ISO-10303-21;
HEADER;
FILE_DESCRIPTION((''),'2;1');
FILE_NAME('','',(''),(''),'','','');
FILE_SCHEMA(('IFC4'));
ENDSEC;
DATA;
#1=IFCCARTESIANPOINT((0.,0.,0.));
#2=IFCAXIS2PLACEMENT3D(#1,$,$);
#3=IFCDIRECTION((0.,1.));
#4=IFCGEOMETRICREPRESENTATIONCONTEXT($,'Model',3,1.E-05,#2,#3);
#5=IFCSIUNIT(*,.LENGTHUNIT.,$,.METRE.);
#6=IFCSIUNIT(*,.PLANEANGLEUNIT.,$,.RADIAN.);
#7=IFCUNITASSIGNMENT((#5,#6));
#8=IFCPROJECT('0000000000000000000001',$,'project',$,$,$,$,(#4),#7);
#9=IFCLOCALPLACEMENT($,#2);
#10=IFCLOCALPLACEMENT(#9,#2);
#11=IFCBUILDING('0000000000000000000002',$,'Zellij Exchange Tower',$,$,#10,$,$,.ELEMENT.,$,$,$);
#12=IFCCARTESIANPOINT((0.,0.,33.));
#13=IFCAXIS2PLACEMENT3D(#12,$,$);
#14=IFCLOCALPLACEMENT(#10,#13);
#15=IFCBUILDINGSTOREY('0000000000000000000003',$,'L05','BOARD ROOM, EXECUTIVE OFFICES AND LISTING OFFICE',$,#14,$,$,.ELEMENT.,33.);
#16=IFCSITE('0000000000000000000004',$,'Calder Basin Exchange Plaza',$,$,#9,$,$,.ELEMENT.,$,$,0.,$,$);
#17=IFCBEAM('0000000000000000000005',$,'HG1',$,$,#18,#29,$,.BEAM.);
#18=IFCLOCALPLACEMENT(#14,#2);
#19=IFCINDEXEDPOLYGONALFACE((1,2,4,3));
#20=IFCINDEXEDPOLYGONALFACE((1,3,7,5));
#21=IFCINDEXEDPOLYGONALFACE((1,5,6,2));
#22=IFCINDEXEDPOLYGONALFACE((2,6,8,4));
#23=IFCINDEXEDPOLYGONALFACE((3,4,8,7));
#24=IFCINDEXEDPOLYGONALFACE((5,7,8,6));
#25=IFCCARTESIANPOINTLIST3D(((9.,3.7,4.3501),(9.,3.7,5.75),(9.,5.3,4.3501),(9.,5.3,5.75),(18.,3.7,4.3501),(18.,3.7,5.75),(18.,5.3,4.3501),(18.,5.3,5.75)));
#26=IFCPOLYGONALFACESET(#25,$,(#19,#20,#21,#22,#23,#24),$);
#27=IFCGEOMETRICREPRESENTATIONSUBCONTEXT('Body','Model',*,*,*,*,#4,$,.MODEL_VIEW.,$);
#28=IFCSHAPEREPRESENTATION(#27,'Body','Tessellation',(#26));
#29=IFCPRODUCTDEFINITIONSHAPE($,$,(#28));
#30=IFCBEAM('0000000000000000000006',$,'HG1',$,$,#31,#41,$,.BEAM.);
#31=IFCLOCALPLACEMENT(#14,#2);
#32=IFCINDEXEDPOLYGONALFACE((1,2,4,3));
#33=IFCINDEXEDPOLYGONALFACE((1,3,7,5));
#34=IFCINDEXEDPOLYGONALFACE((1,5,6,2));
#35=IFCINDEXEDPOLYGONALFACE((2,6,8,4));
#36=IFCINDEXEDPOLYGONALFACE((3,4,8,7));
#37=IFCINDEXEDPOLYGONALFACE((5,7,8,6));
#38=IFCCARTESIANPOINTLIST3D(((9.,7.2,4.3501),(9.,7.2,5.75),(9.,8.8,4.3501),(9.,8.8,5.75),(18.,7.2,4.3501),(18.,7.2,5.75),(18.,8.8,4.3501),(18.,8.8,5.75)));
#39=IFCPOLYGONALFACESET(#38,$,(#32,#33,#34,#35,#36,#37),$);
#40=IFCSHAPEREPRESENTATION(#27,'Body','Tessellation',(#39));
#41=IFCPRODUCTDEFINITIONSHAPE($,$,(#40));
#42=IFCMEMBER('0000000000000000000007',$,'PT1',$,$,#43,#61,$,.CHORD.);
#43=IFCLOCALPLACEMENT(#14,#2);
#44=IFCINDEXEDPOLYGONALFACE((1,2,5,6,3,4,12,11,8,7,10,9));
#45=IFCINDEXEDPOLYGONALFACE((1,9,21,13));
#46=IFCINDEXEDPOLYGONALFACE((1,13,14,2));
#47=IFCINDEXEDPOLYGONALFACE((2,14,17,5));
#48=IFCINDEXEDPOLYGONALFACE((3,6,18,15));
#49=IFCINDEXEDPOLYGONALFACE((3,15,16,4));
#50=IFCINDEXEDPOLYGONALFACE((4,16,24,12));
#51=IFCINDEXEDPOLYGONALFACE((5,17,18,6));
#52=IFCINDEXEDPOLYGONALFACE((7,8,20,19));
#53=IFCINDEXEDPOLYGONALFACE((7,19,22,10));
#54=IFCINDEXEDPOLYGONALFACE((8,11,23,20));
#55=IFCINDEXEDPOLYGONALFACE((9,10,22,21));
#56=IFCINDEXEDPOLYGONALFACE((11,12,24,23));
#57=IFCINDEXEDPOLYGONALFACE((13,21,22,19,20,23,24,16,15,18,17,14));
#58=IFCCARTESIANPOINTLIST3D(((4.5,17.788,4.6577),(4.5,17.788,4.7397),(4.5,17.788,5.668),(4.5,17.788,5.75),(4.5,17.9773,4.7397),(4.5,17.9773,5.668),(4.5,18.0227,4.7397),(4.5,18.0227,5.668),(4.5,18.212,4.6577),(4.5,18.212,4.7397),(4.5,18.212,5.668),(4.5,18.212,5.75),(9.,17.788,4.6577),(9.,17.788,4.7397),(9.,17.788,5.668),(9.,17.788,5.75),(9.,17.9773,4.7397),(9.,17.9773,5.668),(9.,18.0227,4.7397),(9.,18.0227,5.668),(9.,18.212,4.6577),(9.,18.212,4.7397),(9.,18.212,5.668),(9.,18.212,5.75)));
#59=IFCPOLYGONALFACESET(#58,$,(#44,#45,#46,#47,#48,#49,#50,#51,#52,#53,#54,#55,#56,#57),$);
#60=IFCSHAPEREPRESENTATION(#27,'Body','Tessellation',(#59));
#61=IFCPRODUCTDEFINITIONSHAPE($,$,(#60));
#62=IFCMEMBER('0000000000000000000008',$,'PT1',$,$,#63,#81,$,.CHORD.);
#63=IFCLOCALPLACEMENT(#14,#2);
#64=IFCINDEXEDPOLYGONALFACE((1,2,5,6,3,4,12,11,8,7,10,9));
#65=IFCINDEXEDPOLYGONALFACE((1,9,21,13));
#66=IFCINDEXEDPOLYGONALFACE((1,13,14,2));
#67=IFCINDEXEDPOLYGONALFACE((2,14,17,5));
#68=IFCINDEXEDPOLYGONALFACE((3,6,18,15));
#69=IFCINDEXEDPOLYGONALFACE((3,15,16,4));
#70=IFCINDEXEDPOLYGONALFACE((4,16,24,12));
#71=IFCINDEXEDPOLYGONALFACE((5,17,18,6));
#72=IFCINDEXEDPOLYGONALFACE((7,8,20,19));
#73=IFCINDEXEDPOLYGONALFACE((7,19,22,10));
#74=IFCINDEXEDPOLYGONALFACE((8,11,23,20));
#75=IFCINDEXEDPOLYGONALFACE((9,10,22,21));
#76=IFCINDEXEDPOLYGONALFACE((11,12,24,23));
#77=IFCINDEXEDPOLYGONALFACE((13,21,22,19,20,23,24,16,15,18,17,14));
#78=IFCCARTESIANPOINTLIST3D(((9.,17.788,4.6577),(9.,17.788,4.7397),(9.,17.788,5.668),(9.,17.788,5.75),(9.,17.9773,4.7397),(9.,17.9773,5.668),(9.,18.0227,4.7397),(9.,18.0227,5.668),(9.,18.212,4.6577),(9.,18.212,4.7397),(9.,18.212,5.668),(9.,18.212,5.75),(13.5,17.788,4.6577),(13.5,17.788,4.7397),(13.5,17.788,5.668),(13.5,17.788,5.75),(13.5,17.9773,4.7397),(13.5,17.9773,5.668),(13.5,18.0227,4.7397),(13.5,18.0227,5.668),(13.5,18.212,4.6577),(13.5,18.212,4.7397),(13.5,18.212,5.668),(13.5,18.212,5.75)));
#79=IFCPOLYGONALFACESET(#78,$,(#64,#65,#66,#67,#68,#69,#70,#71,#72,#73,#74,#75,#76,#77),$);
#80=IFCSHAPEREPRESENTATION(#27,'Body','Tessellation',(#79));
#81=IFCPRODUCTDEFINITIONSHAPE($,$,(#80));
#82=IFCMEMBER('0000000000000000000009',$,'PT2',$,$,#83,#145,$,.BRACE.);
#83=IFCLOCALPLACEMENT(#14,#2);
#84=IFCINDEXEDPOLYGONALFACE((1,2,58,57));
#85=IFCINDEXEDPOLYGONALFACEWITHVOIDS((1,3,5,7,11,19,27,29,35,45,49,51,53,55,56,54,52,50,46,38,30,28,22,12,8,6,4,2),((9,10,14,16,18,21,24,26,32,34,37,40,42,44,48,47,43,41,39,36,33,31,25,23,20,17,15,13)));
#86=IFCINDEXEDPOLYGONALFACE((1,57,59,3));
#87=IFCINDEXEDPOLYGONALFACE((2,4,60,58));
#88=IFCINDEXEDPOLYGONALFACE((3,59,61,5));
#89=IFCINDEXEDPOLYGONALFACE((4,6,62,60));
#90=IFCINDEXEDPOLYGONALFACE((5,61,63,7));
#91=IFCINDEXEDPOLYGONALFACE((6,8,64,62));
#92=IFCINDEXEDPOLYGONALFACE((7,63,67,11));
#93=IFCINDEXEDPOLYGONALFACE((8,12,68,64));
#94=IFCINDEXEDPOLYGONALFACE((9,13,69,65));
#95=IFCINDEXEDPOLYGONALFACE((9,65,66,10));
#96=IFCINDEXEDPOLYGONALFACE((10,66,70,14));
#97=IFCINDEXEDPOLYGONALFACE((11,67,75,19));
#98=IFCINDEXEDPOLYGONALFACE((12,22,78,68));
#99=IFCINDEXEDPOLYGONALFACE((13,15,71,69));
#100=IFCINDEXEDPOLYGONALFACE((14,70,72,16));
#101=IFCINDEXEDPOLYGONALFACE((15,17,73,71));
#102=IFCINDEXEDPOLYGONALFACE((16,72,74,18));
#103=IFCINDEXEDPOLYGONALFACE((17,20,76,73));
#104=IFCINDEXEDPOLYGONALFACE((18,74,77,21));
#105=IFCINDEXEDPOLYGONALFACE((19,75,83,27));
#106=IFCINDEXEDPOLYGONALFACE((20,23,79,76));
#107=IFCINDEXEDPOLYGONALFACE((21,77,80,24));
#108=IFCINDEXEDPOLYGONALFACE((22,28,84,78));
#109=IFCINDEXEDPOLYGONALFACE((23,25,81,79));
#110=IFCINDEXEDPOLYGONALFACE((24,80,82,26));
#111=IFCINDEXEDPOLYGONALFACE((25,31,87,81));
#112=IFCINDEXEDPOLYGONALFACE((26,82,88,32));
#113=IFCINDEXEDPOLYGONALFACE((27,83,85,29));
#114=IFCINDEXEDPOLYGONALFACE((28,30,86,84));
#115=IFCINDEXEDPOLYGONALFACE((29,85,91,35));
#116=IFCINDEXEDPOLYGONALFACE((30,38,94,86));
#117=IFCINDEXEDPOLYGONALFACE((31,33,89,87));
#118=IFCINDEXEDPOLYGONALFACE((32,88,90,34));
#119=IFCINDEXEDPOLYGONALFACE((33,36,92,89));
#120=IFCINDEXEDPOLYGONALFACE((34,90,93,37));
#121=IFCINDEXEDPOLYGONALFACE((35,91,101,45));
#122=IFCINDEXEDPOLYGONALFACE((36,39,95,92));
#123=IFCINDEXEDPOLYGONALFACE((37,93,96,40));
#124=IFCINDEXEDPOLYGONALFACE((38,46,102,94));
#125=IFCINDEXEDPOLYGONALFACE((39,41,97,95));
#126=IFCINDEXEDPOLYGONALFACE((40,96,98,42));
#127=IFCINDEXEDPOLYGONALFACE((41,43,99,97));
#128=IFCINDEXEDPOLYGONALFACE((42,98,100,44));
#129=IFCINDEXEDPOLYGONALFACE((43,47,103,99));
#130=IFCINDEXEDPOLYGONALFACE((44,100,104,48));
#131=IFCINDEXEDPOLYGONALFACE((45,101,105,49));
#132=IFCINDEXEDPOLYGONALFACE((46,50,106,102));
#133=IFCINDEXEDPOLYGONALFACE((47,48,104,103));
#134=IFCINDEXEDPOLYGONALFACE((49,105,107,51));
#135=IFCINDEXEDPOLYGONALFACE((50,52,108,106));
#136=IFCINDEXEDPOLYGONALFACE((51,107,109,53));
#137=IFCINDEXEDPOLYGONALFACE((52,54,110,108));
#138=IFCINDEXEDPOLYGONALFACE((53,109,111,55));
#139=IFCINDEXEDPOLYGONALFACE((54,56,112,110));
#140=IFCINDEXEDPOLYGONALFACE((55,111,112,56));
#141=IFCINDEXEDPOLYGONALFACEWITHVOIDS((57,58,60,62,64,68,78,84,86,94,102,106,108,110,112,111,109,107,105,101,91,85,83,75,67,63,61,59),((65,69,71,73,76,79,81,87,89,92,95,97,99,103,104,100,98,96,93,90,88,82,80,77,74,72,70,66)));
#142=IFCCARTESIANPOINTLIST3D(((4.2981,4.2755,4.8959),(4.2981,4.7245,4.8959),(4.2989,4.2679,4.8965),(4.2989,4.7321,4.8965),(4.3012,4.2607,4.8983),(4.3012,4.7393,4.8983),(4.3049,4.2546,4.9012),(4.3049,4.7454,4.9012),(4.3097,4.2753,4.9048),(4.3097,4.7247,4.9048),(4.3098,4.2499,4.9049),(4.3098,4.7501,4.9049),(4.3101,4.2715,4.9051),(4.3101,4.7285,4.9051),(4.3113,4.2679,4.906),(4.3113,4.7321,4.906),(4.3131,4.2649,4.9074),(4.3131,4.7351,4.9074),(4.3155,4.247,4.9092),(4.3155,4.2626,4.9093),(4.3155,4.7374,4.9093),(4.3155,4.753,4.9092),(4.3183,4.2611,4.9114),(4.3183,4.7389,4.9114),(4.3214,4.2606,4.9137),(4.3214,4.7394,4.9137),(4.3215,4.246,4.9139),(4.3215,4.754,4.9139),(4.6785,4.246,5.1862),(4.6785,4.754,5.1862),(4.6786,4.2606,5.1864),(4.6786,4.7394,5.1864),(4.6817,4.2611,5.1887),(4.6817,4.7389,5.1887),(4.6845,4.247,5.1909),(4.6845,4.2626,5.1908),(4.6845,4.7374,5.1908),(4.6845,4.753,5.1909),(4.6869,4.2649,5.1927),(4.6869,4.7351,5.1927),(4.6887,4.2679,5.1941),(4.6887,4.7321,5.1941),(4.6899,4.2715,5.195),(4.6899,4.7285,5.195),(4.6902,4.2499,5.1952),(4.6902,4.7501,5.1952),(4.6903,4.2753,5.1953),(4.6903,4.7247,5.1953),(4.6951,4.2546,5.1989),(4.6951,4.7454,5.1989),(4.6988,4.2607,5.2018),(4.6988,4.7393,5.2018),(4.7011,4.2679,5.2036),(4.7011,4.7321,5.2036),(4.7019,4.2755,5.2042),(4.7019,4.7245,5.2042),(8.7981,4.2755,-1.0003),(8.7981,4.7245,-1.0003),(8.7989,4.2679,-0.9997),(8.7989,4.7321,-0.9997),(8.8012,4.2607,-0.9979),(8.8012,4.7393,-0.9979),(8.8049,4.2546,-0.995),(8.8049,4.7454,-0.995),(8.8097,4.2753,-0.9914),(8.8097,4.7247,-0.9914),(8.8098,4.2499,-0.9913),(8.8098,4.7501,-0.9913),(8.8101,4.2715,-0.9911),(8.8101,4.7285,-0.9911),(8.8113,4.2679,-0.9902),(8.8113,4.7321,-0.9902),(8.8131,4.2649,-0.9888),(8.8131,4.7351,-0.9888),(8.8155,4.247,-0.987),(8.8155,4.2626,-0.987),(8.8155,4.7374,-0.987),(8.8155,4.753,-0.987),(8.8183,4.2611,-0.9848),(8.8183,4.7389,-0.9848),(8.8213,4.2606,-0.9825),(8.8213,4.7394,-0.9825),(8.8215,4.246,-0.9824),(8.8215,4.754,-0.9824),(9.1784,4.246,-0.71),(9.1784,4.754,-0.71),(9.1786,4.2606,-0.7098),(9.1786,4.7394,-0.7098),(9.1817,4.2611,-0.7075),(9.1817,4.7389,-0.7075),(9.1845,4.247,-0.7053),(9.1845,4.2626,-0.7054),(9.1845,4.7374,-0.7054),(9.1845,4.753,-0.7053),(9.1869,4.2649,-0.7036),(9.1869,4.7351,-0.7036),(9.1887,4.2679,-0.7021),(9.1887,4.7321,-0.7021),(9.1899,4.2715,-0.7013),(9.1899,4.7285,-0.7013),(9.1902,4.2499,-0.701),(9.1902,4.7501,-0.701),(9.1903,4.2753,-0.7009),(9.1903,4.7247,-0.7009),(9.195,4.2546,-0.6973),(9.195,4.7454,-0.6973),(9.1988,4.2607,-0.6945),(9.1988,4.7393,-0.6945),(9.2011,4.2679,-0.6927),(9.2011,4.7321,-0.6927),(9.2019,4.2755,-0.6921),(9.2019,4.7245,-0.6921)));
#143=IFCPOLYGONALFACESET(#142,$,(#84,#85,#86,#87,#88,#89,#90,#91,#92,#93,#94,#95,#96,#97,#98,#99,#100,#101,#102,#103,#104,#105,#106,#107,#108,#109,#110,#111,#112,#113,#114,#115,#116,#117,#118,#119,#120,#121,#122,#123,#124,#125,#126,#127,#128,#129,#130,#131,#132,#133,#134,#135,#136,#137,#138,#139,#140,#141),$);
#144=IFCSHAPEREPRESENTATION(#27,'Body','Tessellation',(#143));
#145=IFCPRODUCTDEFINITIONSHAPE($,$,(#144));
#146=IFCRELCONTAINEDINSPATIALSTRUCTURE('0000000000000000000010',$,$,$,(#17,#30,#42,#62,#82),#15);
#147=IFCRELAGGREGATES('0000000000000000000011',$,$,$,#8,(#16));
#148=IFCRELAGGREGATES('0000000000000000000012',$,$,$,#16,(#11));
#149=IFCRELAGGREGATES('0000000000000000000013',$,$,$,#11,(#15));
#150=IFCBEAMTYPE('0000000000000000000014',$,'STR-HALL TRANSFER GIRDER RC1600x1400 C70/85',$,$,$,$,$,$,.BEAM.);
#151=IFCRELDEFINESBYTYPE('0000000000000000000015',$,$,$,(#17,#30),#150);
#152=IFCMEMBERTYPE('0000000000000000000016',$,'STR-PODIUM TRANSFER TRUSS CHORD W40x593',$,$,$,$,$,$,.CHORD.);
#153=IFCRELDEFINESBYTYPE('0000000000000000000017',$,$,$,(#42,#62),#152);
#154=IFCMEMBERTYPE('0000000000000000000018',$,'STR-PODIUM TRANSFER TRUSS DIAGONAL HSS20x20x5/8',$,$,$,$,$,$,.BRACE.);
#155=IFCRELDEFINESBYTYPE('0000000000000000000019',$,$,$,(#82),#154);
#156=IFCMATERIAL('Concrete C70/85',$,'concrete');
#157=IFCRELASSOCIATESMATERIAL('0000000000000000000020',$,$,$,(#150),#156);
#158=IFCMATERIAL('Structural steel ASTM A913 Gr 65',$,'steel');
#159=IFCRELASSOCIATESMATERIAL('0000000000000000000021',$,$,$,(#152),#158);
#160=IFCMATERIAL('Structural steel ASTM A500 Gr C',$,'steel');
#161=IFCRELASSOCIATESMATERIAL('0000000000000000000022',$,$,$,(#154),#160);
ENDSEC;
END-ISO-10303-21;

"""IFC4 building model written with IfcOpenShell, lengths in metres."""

from ifc_helpers import new_model, si_unit, direction, frame, origin, origin_2d, place, context, subcontext, project, spatial, rectangle, hollow_rectangle, i_section, extrude, material, material_profile, profile_set, type_object, element, save


model = new_model("IFC4")

# Units and contexts
model_context = context("Model", 3, precision=1e-05, world=origin(), true_north=direction((0.0, 1.0)))
body_context = subcontext(model_context, "Body", "Model", "MODEL_VIEW")
ifc_project = project(units=[si_unit("LENGTHUNIT", "METRE"), si_unit("PLANEANGLEUNIT", "RADIAN")], contexts=[model_context])

# Site, building, storey
site_placement = place(None, origin())
site = spatial("IfcSite", under=ifc_project, at=site_placement, Name="Calder Basin Exchange Plaza", CompositionType="ELEMENT", RefElevation=0.0)
building_placement = place(site_placement, origin())
building = spatial("IfcBuilding", under=site, at=building_placement, Name="Zellij Exchange Tower", CompositionType="ELEMENT")
storey_placement = place(building_placement, frame((0.0, 0.0, 33.0)))
storey = spatial("IfcBuildingStorey", under=building, at=storey_placement, Name="L05", Description="BOARD ROOM, EXECUTIVE OFFICES AND LISTING OFFICE", CompositionType="ELEMENT", Elevation=33.0)

# Beams
ifc_material_1 = material(Name="Concrete C70/85", Category="concrete")
ifc_material_profile_1 = material_profile(ifc_material_1, rectangle(XDim=1.6001, YDim=1.3999, at=origin_2d()), Name="STR-HALL TRANSFER GIRDER RC1600x1400 C70/85")
ifc_profile_set_1 = profile_set([ifc_material_profile_1], Name="Concrete C70/85")
beam_type = type_object("IfcBeamType", Name="STR-HALL TRANSFER GIRDER RC1600x1400 C70/85", PredefinedType="BEAM", material=ifc_profile_set_1)
for number, where, z_axis, x_axis, name in (
    (1, (9.0, 4.5, 5.05), (1.0, 0.0, 0.0), (0.0, 1.0, 0.0), "HG1"),
    (2, (9.0, 8.0, 5.05), (1.0, 0.0, 0.0), (0.0, 1.0, 0.0), "HG1"),
):
    element("IfcBeam", number, at=place(storey_placement, frame(where, z_axis=z_axis, x_axis=x_axis)), inside=storey, type_object=beam_type, Name=name, PredefinedType="BEAM", context=body_context, shape_type="SweptSolid", body=[
        extrude(rectangle(XDim=1.6001, YDim=1.3999, at=origin_2d()), origin(), (0.0, 0.0, 1.0), 9.0),
    ])

# Members
ifc_material_2 = material(Name="Structural steel ASTM A913 Gr 65", Category="steel")
ifc_material_profile_2 = material_profile(ifc_material_2, i_section(OverallWidth=0.4241, OverallDepth=1.0923, WebThickness=0.0454, FlangeThickness=0.082, at=origin_2d()), Name="W40x593")
ifc_profile_set_2 = profile_set([ifc_material_profile_2], Name="Structural steel ASTM A913 Gr 65")
member_type_1 = type_object("IfcMemberType", Name="STR-PODIUM TRANSFER TRUSS CHORD W40x593", PredefinedType="CHORD", material=ifc_profile_set_2)
for number, where, z_axis, x_axis, name in (
    (3, (4.5, 18.0, 5.2039), (1.0, 0.0, 0.0), (0.0, 1.0, 0.0), "PT1"),
    (4, (9.0, 18.0, 5.2039), (1.0, 0.0, 0.0), (0.0, 1.0, 0.0), "PT1"),
):
    element("IfcMember", number, at=place(storey_placement, frame(where, z_axis=z_axis, x_axis=x_axis)), inside=storey, type_object=member_type_1, Name=name, PredefinedType="CHORD", context=body_context, shape_type="SweptSolid", body=[
        extrude(i_section(OverallWidth=0.4241, OverallDepth=1.0923, WebThickness=0.0454, FlangeThickness=0.082, at=origin_2d()), origin(), (0.0, 0.0, 1.0), 4.5),
    ])
ifc_material_3 = material(Name="Structural steel ASTM A500 Gr C", Category="steel")
ifc_material_profile_3 = material_profile(ifc_material_3, hollow_rectangle(XDim=0.5081, YDim=0.5081, WallThickness=0.0146, InnerFilletRadius=0.0146, OuterFilletRadius=0.0295, at=origin_2d()), Name="STR-PODIUM TRANSFER TRUSS DIAGONAL HSS20x20x5/8")
ifc_profile_set_3 = profile_set([ifc_material_profile_3], Name="Structural steel ASTM A500 Gr C")
member_type_2 = type_object("IfcMemberType", Name="STR-PODIUM TRANSFER TRUSS DIAGONAL HSS20x20x5/8", PredefinedType="BRACE", material=ifc_profile_set_3)
for number, where, z_axis, x_axis, name in (
    (5, (4.5, 4.5, 5.05), (0.606694, 0.0, -0.794936), (0.0, 1.0, 0.0), "PT2"),
):
    element("IfcMember", number, at=place(storey_placement, frame(where, z_axis=z_axis, x_axis=x_axis)), inside=storey, type_object=member_type_2, Name=name, PredefinedType="BRACE", context=body_context, shape_type="SweptSolid", body=[
        extrude(hollow_rectangle(XDim=0.5081, YDim=0.5081, WallThickness=0.0146, InnerFilletRadius=0.0146, OuterFilletRadius=0.0295, at=origin_2d()), origin(), (0.0, 0.0, 1.0), 7.4172),
    ])

save(model, "model.ifc")
